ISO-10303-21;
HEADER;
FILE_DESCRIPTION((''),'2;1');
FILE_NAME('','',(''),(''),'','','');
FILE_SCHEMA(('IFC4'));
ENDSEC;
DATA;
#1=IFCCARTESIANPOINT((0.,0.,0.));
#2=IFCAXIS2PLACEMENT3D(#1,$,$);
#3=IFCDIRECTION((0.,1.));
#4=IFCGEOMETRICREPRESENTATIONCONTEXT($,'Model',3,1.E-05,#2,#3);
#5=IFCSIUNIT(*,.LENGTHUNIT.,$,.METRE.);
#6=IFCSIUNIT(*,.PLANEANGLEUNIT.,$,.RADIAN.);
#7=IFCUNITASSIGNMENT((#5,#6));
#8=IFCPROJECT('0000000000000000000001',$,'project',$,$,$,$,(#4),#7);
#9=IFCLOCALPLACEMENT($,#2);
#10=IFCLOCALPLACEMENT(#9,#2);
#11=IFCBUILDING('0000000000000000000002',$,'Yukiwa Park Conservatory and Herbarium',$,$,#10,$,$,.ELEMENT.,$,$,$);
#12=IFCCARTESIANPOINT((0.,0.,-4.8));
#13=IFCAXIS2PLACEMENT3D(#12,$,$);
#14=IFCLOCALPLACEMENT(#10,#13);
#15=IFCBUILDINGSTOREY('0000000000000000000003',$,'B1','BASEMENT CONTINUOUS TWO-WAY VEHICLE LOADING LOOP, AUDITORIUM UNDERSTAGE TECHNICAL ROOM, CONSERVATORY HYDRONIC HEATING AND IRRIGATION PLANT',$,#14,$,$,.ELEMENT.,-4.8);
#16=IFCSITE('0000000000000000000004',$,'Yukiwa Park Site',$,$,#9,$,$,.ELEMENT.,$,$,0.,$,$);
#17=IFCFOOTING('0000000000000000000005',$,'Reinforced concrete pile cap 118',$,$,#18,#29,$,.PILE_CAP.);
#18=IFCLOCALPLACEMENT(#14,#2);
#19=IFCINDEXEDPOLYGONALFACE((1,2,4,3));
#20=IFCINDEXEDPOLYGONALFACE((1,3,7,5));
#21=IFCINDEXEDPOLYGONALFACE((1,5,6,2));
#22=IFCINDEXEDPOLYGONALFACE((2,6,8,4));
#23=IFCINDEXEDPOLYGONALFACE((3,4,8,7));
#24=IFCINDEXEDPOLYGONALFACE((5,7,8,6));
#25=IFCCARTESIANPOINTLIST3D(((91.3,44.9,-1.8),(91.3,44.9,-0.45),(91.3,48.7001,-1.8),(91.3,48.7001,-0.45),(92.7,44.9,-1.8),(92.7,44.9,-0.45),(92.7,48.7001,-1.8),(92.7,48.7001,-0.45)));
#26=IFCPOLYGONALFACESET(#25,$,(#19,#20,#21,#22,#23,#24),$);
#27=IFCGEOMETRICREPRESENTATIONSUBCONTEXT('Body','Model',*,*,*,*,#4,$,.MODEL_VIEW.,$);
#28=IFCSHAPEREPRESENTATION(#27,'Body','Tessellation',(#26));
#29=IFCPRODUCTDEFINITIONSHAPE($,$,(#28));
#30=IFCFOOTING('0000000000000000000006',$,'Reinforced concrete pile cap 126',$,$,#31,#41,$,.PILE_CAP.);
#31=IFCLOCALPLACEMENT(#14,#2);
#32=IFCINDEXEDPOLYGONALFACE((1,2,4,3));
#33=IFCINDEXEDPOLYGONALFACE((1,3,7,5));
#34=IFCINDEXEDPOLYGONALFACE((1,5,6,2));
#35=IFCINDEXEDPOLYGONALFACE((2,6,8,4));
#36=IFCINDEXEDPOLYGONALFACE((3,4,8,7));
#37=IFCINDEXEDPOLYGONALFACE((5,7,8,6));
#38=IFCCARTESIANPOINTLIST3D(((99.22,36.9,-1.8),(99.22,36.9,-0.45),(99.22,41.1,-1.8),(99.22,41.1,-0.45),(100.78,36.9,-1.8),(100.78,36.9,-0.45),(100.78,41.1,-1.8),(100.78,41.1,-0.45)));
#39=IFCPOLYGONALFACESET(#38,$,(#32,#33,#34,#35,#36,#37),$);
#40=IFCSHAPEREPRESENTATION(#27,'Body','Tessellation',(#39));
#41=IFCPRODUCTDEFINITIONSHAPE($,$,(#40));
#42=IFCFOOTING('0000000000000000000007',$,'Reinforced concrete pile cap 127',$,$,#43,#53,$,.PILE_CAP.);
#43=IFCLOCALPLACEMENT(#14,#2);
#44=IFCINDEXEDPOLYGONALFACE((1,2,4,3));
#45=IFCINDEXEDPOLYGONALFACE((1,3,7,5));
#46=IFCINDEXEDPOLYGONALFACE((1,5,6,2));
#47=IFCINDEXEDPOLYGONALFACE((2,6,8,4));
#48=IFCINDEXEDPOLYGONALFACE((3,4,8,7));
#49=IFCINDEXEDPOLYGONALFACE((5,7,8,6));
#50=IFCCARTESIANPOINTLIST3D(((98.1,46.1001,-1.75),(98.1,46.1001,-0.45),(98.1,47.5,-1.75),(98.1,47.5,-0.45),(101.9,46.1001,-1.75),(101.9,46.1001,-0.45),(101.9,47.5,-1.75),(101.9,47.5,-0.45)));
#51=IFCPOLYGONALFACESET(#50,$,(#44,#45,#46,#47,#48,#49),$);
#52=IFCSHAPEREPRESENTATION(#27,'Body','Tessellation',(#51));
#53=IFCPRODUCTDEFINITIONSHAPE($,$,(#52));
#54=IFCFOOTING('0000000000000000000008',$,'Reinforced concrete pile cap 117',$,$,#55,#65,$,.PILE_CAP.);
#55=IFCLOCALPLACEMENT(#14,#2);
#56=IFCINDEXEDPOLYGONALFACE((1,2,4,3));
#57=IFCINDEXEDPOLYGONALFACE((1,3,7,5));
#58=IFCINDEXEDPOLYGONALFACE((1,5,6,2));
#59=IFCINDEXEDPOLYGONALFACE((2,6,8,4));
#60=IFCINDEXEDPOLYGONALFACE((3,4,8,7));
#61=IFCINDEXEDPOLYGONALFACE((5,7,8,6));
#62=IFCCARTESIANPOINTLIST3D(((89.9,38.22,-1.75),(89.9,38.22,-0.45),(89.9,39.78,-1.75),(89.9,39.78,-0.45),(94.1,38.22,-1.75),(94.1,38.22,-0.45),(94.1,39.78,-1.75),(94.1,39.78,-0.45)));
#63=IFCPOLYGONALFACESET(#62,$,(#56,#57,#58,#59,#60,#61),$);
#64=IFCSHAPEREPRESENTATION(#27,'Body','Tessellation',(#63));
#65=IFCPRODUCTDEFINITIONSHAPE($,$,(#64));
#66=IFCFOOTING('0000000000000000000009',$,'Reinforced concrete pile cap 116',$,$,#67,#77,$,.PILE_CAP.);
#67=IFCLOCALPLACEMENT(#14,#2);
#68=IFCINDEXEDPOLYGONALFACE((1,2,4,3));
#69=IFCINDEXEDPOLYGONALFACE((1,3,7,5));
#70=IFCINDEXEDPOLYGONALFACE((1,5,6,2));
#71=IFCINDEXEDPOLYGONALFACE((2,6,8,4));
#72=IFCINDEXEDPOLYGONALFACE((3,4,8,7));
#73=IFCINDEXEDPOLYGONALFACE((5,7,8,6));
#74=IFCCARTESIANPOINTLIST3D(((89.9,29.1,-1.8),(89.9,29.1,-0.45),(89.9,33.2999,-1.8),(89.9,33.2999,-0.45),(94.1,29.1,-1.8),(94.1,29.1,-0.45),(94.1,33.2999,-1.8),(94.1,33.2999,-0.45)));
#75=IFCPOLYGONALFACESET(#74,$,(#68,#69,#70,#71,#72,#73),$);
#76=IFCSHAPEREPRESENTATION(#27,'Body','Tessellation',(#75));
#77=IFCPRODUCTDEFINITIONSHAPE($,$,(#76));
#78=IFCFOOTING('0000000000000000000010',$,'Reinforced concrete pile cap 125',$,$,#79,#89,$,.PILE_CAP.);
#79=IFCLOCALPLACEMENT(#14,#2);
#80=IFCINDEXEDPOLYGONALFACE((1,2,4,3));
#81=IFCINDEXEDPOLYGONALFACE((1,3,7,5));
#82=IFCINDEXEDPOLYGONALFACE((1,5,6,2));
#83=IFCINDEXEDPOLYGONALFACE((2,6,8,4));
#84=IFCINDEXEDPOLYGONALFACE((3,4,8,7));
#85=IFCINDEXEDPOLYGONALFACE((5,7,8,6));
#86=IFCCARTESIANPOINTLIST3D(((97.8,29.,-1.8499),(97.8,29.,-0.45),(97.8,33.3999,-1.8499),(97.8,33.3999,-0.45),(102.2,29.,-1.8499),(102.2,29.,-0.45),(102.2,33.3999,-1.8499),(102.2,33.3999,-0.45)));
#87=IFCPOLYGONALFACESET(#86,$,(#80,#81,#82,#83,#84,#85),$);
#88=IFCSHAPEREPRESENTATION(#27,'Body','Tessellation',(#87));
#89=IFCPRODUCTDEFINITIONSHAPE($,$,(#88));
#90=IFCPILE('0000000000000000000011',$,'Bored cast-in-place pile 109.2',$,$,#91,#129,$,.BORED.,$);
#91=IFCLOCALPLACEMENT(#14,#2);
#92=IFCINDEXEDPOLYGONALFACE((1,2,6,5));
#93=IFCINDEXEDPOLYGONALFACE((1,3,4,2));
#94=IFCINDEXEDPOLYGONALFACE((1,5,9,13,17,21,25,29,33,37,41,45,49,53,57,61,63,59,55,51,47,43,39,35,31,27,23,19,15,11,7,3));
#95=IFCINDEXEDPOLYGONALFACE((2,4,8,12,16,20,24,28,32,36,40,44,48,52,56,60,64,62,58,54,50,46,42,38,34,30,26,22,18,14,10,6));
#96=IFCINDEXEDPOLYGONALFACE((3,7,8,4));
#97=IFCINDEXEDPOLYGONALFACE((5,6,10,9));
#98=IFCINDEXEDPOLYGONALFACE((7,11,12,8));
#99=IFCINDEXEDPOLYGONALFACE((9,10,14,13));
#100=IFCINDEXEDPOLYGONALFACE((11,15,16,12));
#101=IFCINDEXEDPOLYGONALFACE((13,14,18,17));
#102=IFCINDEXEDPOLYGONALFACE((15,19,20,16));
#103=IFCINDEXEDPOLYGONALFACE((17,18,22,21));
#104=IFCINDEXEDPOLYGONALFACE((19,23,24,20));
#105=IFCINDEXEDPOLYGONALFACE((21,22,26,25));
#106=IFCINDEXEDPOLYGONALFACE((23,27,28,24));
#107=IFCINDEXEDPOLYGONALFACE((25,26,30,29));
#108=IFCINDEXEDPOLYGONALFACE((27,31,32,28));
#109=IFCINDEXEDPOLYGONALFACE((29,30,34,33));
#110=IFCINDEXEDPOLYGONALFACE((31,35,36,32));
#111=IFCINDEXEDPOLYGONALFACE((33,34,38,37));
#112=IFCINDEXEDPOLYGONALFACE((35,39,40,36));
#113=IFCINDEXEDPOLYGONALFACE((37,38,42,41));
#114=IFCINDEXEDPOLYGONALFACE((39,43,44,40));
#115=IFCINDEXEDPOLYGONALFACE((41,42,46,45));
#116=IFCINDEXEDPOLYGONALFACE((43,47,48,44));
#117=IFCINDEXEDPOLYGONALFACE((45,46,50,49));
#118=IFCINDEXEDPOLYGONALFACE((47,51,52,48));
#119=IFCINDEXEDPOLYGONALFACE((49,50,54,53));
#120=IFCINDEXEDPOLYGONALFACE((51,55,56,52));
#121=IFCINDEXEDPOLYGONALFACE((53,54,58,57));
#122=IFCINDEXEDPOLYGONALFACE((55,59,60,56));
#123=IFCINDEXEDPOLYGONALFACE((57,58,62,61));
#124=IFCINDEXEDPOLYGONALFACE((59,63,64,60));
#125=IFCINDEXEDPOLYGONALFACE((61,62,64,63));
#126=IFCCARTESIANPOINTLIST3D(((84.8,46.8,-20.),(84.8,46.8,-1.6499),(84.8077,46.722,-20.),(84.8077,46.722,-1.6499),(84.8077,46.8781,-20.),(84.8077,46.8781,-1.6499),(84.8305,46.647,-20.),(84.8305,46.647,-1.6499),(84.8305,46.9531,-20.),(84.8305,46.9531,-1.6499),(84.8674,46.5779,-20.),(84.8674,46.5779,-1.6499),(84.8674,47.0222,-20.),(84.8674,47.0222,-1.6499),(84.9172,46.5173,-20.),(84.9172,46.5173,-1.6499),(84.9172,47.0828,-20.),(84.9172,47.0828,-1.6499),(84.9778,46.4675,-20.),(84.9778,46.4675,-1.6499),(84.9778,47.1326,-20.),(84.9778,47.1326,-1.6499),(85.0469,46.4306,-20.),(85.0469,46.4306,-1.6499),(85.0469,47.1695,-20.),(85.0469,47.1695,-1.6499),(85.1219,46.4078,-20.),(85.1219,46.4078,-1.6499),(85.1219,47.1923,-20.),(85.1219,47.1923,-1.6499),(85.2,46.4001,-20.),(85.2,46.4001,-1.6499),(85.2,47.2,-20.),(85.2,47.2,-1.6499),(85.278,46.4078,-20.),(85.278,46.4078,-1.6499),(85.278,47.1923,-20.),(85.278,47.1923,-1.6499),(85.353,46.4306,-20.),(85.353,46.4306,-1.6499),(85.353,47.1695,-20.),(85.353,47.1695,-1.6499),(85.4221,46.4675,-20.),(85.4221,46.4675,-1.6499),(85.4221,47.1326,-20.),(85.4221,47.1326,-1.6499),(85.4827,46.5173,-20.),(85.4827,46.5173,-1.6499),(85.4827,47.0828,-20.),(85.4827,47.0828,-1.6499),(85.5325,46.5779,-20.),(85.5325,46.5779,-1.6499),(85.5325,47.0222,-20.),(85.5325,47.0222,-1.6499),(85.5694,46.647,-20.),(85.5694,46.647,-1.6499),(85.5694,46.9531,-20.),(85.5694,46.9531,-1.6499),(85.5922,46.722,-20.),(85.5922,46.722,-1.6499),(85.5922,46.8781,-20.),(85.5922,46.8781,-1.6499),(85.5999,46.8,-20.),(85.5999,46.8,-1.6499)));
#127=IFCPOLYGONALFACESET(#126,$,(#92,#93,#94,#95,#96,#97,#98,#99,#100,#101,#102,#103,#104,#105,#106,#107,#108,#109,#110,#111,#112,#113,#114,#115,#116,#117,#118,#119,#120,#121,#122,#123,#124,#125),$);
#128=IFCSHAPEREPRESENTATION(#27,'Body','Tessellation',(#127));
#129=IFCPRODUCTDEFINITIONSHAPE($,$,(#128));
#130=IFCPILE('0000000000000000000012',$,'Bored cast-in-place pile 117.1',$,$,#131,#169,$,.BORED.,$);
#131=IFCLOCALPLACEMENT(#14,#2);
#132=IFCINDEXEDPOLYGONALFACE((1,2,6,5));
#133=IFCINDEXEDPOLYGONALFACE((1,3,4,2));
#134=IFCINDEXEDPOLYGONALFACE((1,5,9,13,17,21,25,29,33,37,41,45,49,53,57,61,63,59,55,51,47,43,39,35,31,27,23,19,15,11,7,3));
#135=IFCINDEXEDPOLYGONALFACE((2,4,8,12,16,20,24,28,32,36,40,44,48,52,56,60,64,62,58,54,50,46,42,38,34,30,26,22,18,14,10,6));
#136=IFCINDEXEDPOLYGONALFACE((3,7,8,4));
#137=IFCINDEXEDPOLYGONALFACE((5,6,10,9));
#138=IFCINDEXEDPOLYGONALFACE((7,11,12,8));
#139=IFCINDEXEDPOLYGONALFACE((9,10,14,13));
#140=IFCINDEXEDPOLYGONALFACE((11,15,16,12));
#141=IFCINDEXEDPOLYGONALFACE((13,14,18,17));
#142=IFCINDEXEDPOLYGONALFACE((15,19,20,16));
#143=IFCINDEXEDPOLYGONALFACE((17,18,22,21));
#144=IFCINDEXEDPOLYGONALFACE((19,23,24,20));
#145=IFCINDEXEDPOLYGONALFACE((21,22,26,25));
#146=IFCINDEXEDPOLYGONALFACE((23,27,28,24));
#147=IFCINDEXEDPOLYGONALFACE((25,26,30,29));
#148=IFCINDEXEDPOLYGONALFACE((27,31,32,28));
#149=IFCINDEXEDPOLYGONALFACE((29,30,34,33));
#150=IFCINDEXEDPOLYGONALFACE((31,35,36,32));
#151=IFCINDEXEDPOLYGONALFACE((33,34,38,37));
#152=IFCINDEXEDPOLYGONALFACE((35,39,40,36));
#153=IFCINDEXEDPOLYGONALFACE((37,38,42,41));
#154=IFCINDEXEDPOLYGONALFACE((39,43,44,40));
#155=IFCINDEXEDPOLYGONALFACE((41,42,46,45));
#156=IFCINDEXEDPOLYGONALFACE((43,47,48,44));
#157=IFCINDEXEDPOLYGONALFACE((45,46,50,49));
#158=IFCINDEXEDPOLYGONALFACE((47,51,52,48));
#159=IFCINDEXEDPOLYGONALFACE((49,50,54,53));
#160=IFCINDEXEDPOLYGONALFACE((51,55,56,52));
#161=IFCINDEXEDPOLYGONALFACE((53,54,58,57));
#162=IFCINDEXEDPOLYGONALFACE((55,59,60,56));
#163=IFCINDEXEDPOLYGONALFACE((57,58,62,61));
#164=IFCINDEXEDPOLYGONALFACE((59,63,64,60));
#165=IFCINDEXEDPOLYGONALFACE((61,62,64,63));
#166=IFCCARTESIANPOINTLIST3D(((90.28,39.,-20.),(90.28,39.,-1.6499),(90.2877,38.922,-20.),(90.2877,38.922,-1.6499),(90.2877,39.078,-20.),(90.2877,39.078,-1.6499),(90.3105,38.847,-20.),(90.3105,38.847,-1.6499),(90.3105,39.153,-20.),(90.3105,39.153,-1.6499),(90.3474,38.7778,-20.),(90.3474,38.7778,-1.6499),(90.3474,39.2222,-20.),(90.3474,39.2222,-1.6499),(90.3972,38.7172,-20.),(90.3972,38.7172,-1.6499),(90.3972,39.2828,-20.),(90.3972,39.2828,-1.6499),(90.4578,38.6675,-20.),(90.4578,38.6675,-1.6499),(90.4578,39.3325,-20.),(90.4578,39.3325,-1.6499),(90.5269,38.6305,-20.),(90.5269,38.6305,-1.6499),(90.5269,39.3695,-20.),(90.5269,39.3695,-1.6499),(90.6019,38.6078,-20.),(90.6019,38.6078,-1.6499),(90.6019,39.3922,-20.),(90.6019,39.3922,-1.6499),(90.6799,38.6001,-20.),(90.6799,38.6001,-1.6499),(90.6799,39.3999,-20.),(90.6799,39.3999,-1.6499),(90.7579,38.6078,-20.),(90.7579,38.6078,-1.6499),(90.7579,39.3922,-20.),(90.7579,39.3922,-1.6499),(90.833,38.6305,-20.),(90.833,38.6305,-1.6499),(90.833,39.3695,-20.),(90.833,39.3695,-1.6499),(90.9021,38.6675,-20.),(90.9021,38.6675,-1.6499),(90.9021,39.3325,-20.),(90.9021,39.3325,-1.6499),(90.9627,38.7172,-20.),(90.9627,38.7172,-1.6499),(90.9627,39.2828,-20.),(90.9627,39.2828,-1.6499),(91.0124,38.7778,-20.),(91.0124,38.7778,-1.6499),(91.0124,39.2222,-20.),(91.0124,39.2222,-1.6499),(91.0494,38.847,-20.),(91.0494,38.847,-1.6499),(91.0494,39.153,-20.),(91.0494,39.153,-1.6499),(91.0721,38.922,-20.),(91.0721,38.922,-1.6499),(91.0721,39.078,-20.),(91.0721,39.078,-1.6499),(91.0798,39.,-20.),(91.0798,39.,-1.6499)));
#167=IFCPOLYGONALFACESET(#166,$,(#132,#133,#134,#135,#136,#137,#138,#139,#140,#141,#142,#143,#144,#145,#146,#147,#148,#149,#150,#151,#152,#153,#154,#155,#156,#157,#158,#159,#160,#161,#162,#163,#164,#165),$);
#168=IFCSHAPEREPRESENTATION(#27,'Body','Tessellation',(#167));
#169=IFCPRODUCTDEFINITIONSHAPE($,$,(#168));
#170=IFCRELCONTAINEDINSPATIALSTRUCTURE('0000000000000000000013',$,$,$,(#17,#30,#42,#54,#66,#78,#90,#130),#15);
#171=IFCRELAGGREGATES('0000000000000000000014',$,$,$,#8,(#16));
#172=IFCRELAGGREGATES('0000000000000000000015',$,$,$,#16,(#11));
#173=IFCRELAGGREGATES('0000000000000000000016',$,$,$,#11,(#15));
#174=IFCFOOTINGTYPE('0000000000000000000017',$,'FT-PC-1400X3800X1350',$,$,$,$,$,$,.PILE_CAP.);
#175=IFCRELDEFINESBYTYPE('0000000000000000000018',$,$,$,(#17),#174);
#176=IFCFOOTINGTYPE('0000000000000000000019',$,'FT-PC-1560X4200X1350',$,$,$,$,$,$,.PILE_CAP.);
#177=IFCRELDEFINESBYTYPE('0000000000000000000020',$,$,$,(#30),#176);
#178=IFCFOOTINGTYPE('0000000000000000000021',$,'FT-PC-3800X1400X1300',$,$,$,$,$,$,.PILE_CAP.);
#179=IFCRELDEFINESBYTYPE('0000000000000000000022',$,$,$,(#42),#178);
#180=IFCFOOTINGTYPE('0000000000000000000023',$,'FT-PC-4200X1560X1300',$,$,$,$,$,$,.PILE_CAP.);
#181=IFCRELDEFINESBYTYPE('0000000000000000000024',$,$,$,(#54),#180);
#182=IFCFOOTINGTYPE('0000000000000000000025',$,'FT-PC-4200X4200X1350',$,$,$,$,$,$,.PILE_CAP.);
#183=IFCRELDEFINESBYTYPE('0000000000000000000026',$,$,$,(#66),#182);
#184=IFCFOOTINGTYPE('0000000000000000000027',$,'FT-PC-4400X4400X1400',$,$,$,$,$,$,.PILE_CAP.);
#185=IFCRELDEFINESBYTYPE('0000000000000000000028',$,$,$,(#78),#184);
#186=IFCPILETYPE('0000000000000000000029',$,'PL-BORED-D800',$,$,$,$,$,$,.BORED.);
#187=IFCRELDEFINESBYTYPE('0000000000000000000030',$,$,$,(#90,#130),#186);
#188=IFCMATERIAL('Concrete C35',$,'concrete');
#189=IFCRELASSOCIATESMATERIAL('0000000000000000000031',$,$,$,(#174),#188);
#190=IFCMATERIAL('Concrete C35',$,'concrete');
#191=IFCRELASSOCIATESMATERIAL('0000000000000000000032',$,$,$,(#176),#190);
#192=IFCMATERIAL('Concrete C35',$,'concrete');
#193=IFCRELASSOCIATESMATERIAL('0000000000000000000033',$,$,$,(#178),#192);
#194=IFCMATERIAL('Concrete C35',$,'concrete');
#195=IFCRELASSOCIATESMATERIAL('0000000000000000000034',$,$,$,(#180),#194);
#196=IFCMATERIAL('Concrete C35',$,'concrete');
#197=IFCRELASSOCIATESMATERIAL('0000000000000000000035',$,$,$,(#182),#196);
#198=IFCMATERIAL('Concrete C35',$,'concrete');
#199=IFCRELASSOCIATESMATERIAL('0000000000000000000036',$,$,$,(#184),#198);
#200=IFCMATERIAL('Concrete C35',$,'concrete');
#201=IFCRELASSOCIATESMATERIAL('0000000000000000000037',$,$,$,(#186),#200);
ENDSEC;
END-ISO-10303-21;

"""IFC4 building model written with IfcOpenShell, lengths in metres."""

from ifc_helpers import new_model, si_unit, direction, frame, origin, origin_2d, place, context, subcontext, project, spatial, rectangle, circle, extrude, material, material_profile, profile_set, type_object, element, save


model = new_model("IFC4")

# Units and contexts
model_context = context("Model", 3, precision=1e-05, world=origin(), true_north=direction((0.0, 1.0)))
body_context = subcontext(model_context, "Body", "Model", "MODEL_VIEW")
ifc_project = project(units=[si_unit("LENGTHUNIT", "METRE"), si_unit("PLANEANGLEUNIT", "RADIAN")], contexts=[model_context])

# Site, building, storey
site_placement = place(None, origin())
site = spatial("IfcSite", under=ifc_project, at=site_placement, Name="Yukiwa Park Site", CompositionType="ELEMENT", RefElevation=0.0)
building_placement = place(site_placement, origin())
building = spatial("IfcBuilding", under=site, at=building_placement, Name="Yukiwa Park Conservatory and Herbarium", CompositionType="ELEMENT")
storey_placement = place(building_placement, frame((0.0, 0.0, -4.8)))
storey = spatial("IfcBuildingStorey", under=building, at=storey_placement, Name="B1", Description="BASEMENT CONTINUOUS TWO-WAY VEHICLE LOADING LOOP, AUDITORIUM UNDERSTAGE TECHNICAL ROOM, CONSERVATORY HYDRONIC HEATING AND IRRIGATION PLANT", CompositionType="ELEMENT", Elevation=-4.8)

# Footings
ifc_material_1 = material(Name="Concrete C35", Category="concrete")
footing_type_1 = type_object("IfcFootingType", Name="FT-PC-1400X3800X1350", PredefinedType="PILE_CAP", material=ifc_material_1)
footing_1_placement = place(storey_placement, frame((92.0, 46.8, -1.8), z_axis=(0.0, 0.0, 1.0), x_axis=(1.0, 0.0, 0.0)))
element("IfcFooting", 1, at=footing_1_placement, inside=storey, type_object=footing_type_1, Name="Reinforced concrete pile cap 118", PredefinedType="PILE_CAP", context=body_context, shape_type="SweptSolid", body=[
    extrude(rectangle(XDim=1.3999, YDim=3.8, at=origin_2d()), origin(), (0.0, 0.0, 1.0), 1.3501),
])
ifc_material_2 = material(Name="Concrete C35", Category="concrete")
footing_type_2 = type_object("IfcFootingType", Name="FT-PC-1560X4200X1350", PredefinedType="PILE_CAP", material=ifc_material_2)
footing_2_placement = place(storey_placement, frame((100.0, 39.0, -1.8), z_axis=(0.0, 0.0, 1.0), x_axis=(1.0, 0.0, 0.0)))
element("IfcFooting", 2, at=footing_2_placement, inside=storey, type_object=footing_type_2, Name="Reinforced concrete pile cap 126", PredefinedType="PILE_CAP", context=body_context, shape_type="SweptSolid", body=[
    extrude(rectangle(XDim=1.5601, YDim=4.2, at=origin_2d()), origin(), (0.0, 0.0, 1.0), 1.3501),
])
ifc_material_3 = material(Name="Concrete C35", Category="concrete")
footing_type_3 = type_object("IfcFootingType", Name="FT-PC-3800X1400X1300", PredefinedType="PILE_CAP", material=ifc_material_3)
footing_3_placement = place(storey_placement, frame((100.0, 46.8, -1.75), z_axis=(0.0, 0.0, 1.0), x_axis=(1.0, 0.0, 0.0)))
element("IfcFooting", 3, at=footing_3_placement, inside=storey, type_object=footing_type_3, Name="Reinforced concrete pile cap 127", PredefinedType="PILE_CAP", context=body_context, shape_type="SweptSolid", body=[
    extrude(rectangle(XDim=3.8, YDim=1.3999, at=origin_2d()), origin(), (0.0, 0.0, 1.0), 1.3),
])
ifc_material_4 = material(Name="Concrete C35", Category="concrete")
footing_type_4 = type_object("IfcFootingType", Name="FT-PC-4200X1560X1300", PredefinedType="PILE_CAP", material=ifc_material_4)
footing_4_placement = place(storey_placement, frame((92.0, 39.0, -1.75), z_axis=(0.0, 0.0, 1.0), x_axis=(1.0, 0.0, 0.0)))
element("IfcFooting", 4, at=footing_4_placement, inside=storey, type_object=footing_type_4, Name="Reinforced concrete pile cap 117", PredefinedType="PILE_CAP", context=body_context, shape_type="SweptSolid", body=[
    extrude(rectangle(XDim=4.2, YDim=1.5601, at=origin_2d()), origin(), (0.0, 0.0, 1.0), 1.3),
])
ifc_material_5 = material(Name="Concrete C35", Category="concrete")
footing_type_5 = type_object("IfcFootingType", Name="FT-PC-4200X4200X1350", PredefinedType="PILE_CAP", material=ifc_material_5)
footing_5_placement = place(storey_placement, frame((92.0, 31.2, -1.8), z_axis=(0.0, 0.0, 1.0), x_axis=(1.0, 0.0, 0.0)))
element("IfcFooting", 5, at=footing_5_placement, inside=storey, type_object=footing_type_5, Name="Reinforced concrete pile cap 116", PredefinedType="PILE_CAP", context=body_context, shape_type="SweptSolid", body=[
    extrude(rectangle(XDim=4.2, YDim=4.2, at=origin_2d()), origin(), (0.0, 0.0, 1.0), 1.3501),
])
ifc_material_6 = material(Name="Concrete C35", Category="concrete")
footing_type_6 = type_object("IfcFootingType", Name="FT-PC-4400X4400X1400", PredefinedType="PILE_CAP", material=ifc_material_6)
footing_6_placement = place(storey_placement, frame((100.0, 31.2, -1.8499), z_axis=(0.0, 0.0, 1.0), x_axis=(1.0, 0.0, 0.0)))
element("IfcFooting", 6, at=footing_6_placement, inside=storey, type_object=footing_type_6, Name="Reinforced concrete pile cap 125", PredefinedType="PILE_CAP", context=body_context, shape_type="SweptSolid", body=[
    extrude(rectangle(XDim=4.3999, YDim=4.3999, at=origin_2d()), origin(), (0.0, 0.0, 1.0), 1.3999),
])

# Piles
ifc_material_7 = material(Name="Concrete C35", Category="concrete")
ifc_material_profile_1 = material_profile(ifc_material_7, circle(Radius=0.3999, at=origin_2d()), Name="PILE D800")
ifc_profile_set_1 = profile_set([ifc_material_profile_1], Name="Concrete C35")
pile_type_1 = type_object("IfcPileType", Name="PL-BORED-D800", PredefinedType="BORED", material=ifc_profile_set_1)
for number, where, z_axis, x_axis, name in (
    (7, (85.2, 46.8, -1.6499), (0.0, 0.0, -1.0), (1.0, 0.0, 0.0), "Bored cast-in-place pile 109.2"),
    (8, (90.6799, 39.0, -1.6499), (0.0, 0.0, -1.0), (1.0, 0.0, 0.0), "Bored cast-in-place pile 117.1"),
):
    element("IfcPile", number, at=place(storey_placement, frame(where, z_axis=z_axis, x_axis=x_axis)), inside=storey, type_object=pile_type_1, Name=name, PredefinedType="BORED", context=body_context, shape_type="SweptSolid", body=[
        extrude(circle(Radius=0.3999, at=origin_2d()), origin(), (0.0, 0.0, 1.0), 18.3501),
    ])

save(model, "model.ifc")
